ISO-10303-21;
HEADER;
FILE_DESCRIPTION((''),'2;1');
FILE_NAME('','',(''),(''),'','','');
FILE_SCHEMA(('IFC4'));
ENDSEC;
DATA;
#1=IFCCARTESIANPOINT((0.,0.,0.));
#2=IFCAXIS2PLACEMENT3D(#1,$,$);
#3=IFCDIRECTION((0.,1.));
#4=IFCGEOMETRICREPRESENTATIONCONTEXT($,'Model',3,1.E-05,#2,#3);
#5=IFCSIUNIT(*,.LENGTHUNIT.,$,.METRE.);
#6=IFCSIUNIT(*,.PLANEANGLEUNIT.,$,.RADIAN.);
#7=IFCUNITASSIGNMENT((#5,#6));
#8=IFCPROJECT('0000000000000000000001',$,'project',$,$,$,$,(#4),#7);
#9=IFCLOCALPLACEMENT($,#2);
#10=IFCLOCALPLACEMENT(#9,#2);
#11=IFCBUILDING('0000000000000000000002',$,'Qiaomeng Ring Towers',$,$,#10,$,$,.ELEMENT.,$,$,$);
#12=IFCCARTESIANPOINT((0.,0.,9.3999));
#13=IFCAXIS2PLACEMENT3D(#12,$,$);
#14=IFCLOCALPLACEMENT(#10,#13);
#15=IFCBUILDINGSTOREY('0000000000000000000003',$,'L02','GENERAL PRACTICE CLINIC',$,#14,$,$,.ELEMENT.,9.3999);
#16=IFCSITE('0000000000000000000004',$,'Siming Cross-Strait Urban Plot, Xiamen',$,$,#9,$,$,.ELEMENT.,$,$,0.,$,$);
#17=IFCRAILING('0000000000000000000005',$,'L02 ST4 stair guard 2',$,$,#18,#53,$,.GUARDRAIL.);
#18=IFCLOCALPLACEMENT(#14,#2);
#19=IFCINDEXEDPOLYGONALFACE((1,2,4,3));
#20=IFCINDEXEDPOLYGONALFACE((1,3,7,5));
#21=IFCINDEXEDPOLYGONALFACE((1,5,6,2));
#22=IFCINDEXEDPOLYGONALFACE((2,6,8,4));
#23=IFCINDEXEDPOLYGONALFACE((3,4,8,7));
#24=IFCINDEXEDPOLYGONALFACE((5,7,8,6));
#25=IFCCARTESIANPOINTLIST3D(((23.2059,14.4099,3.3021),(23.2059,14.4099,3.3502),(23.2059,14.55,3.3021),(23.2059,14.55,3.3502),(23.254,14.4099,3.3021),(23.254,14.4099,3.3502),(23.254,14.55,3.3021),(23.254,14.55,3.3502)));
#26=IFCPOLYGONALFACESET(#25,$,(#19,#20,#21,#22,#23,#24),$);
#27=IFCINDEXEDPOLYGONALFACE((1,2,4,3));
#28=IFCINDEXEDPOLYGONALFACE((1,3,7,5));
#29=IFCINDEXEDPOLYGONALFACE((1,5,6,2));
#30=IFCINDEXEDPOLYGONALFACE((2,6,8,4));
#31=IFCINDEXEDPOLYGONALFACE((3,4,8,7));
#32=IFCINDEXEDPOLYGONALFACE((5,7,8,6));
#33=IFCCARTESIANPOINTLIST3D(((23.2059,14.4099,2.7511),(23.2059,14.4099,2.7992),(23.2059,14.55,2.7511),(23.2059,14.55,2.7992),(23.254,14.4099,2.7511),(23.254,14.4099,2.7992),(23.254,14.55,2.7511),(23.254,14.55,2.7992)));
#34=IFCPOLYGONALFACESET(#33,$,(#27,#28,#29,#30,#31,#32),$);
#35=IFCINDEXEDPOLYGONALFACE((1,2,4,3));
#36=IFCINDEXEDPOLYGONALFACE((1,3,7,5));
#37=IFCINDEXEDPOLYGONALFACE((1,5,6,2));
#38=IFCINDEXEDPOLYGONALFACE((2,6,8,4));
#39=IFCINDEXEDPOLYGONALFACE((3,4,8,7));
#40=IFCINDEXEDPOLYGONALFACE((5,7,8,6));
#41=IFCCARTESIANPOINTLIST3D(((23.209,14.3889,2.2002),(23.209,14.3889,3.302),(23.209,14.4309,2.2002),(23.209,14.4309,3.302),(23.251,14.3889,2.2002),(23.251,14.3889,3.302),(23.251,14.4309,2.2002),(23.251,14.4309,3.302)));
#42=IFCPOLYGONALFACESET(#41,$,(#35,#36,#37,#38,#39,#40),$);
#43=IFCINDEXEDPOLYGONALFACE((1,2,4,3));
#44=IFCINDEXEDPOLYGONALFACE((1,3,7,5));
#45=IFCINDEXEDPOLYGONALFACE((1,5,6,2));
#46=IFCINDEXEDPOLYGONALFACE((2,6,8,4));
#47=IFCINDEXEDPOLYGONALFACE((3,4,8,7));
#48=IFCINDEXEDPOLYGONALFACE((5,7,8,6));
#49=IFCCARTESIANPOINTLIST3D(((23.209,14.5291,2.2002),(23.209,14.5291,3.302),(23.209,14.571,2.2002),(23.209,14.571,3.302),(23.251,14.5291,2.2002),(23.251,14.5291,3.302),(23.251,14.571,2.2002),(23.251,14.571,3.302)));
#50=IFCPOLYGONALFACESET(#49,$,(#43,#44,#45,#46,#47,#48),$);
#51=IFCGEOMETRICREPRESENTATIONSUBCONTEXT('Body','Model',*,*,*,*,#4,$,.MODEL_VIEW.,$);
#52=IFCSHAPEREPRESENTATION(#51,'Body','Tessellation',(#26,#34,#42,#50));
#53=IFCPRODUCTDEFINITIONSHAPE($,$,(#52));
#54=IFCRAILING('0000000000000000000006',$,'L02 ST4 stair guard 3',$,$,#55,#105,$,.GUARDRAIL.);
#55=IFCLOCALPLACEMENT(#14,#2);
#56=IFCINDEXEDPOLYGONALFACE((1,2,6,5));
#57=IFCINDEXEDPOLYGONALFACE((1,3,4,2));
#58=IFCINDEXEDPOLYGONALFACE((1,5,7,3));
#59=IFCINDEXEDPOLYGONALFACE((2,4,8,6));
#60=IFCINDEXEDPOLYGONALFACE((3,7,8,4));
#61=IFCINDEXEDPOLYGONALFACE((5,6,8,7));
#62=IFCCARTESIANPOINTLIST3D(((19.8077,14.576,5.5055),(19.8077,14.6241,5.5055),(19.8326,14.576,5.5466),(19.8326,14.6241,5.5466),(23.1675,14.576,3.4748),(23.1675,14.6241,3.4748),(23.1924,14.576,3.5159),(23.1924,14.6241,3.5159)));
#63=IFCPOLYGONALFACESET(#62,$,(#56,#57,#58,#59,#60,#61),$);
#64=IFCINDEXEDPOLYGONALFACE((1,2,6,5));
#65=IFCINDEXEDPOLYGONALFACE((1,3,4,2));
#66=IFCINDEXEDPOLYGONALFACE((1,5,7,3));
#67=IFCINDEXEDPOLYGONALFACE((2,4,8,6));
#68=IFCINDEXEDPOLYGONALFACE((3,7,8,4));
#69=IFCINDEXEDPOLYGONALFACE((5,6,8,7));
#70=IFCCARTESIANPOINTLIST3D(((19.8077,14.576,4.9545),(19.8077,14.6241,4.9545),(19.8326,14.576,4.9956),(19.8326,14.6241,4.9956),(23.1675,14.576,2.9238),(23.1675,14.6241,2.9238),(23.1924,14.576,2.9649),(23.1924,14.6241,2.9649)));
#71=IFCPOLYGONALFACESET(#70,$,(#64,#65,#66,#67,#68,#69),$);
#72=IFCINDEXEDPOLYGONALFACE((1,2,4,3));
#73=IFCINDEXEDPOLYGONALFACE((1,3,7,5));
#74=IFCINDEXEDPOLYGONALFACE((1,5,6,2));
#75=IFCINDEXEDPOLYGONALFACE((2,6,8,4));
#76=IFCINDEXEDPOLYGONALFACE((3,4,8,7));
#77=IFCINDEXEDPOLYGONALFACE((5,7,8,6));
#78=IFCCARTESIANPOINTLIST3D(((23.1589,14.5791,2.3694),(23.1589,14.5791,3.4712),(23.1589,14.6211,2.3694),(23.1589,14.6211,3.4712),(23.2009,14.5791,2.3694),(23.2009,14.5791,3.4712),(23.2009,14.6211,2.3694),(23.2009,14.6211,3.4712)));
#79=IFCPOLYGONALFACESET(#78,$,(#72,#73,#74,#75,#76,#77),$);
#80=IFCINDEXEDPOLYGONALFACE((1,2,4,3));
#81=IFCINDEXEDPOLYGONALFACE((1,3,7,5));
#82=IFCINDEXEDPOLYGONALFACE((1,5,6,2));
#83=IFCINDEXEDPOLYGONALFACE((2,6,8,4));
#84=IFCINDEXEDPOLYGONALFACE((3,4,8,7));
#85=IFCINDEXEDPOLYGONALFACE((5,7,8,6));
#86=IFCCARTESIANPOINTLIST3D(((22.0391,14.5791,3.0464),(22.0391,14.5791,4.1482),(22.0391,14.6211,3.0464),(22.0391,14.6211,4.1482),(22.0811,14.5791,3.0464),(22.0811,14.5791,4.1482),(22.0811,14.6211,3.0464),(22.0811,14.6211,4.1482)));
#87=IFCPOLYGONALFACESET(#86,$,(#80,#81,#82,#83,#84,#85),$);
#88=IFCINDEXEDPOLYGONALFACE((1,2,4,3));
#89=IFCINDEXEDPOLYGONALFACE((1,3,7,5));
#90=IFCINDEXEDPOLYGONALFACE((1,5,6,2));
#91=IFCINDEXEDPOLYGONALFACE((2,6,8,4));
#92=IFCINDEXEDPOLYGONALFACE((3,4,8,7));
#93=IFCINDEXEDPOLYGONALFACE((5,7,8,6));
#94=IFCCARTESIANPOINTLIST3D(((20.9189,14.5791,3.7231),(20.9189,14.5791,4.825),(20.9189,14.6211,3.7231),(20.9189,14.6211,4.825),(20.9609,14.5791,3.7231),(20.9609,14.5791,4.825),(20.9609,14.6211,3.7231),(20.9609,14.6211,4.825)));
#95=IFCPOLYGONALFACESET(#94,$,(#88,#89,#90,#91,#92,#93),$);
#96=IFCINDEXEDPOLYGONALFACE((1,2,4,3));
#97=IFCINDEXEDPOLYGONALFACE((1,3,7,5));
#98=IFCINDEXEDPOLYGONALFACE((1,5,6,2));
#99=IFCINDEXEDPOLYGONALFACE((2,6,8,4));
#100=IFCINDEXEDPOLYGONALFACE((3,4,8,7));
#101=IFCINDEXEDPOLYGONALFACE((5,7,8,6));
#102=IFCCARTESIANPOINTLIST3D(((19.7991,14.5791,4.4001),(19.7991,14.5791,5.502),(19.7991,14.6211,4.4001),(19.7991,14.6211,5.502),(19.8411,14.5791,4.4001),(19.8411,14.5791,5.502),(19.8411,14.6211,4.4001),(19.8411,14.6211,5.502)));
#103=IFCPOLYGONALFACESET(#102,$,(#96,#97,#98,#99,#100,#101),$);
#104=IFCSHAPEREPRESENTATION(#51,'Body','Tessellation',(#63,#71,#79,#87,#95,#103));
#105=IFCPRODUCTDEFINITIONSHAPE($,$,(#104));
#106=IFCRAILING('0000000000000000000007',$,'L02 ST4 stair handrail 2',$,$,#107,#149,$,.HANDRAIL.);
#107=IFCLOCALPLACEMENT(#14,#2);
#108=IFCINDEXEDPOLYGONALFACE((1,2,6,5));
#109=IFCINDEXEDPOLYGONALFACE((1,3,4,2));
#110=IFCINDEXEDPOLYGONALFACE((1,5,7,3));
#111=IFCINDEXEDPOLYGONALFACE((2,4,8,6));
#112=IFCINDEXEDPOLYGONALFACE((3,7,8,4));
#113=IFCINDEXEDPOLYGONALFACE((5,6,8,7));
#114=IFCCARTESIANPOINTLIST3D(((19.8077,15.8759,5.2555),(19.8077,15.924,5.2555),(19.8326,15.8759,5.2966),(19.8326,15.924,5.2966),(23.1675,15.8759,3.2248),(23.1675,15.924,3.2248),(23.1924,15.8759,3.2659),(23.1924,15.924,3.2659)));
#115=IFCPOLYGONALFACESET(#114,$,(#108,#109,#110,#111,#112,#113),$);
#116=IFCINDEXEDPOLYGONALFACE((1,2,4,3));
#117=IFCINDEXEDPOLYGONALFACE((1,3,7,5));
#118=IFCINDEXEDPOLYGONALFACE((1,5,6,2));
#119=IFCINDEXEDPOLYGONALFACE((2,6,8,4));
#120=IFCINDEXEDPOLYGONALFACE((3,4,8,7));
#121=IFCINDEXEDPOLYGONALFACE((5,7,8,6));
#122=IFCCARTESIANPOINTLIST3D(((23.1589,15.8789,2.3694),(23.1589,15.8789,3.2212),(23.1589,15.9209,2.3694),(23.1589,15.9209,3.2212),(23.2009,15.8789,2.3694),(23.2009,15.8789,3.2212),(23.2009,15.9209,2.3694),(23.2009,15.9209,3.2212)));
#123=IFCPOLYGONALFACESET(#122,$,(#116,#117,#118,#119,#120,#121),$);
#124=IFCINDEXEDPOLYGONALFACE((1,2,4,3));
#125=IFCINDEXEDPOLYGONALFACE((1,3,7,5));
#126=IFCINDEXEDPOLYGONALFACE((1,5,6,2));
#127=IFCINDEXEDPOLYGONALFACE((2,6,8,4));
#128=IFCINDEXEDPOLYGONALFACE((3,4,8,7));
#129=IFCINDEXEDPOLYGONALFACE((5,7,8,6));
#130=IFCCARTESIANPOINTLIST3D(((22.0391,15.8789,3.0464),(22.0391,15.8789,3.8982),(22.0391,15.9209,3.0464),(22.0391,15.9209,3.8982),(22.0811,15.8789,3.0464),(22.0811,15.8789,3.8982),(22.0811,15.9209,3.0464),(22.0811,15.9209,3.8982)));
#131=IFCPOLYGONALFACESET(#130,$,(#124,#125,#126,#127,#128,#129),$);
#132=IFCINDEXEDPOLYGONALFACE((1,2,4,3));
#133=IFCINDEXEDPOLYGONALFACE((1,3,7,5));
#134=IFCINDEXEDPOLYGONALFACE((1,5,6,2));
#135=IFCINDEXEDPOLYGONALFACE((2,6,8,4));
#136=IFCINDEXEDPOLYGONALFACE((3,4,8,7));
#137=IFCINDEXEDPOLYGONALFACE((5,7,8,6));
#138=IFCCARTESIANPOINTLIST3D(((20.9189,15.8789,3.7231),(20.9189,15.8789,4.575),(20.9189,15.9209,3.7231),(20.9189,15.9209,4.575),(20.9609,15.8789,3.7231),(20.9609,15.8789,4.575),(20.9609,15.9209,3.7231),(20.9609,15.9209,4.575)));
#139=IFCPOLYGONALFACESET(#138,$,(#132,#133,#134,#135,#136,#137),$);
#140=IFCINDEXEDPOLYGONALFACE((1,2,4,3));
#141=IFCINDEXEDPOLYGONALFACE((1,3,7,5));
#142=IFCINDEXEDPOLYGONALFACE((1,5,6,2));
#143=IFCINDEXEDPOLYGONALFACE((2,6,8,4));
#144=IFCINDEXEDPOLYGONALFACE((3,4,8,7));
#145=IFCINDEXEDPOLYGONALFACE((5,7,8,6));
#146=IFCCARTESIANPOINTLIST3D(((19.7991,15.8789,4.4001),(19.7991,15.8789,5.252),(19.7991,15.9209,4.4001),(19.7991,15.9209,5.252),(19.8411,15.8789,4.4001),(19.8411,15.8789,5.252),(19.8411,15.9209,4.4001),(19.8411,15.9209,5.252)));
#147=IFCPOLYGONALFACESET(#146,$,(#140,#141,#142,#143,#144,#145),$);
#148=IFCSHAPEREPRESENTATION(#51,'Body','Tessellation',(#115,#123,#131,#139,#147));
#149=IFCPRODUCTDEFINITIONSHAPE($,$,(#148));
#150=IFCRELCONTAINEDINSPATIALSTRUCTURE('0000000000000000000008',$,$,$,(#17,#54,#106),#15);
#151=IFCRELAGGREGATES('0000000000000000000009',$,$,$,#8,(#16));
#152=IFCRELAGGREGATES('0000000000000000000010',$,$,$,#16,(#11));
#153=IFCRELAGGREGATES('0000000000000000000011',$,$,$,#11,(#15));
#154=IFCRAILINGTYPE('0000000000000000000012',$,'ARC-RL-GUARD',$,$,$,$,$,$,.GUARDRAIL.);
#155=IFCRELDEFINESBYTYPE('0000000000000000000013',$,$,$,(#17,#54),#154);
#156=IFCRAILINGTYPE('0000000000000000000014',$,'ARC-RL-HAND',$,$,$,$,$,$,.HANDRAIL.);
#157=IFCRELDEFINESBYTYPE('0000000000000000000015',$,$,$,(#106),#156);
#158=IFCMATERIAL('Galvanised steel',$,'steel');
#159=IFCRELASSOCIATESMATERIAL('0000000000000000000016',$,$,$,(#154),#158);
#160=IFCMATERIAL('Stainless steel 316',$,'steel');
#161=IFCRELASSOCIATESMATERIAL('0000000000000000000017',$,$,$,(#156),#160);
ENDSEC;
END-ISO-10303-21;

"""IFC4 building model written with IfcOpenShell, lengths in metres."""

from ifc_helpers import new_model, si_unit, direction, frame, origin, origin_2d, place, context, subcontext, project, spatial, rectangle, extrude, material, type_object, element, save


model = new_model("IFC4")

# Units and contexts
model_context = context("Model", 3, precision=1e-05, world=origin(), true_north=direction((0.0, 1.0)))
body_context = subcontext(model_context, "Body", "Model", "MODEL_VIEW")
ifc_project = project(units=[si_unit("LENGTHUNIT", "METRE"), si_unit("PLANEANGLEUNIT", "RADIAN")], contexts=[model_context])

# Site, building, storey
site_placement = place(None, origin())
site = spatial("IfcSite", under=ifc_project, at=site_placement, Name="Siming Cross-Strait Urban Plot, Xiamen", CompositionType="ELEMENT", RefElevation=0.0)
building_placement = place(site_placement, origin())
building = spatial("IfcBuilding", under=site, at=building_placement, Name="Qiaomeng Ring Towers", CompositionType="ELEMENT")
storey_placement = place(building_placement, frame((0.0, 0.0, 9.3999)))
storey = spatial("IfcBuildingStorey", under=building, at=storey_placement, Name="L02", Description="GENERAL PRACTICE CLINIC", CompositionType="ELEMENT", Elevation=9.3999)

# Shared definitions
ifc_material_1 = material(Name="Galvanised steel", Category="steel")

# Shared definitions
ifc_material_2 = material(Name="Stainless steel 316", Category="steel")

# Railings
railing_type_1 = type_object("IfcRailingType", Name="ARC-RL-GUARD", PredefinedType="GUARDRAIL", material=ifc_material_1)
railing_1_placement = place(storey_placement, frame((23.23, 14.4099, 2.2002)))
element("IfcRailing", 1, at=railing_1_placement, inside=storey, type_object=railing_type_1, Name="L02 ST4 stair guard 2", PredefinedType="GUARDRAIL", context=body_context, shape_type="SweptSolid", body=[
    extrude(rectangle(XDim=0.0481, YDim=0.0481, at=origin_2d()), frame((0.0, 0.0, 1.126), z_axis=(0.0, 1.0, 0.0), x_axis=(-1.0, 0.0, 0.0)), (0.0, 0.0, 1.0), 0.1401),
    extrude(rectangle(XDim=0.0481, YDim=0.0481, at=origin_2d()), frame((0.0, 0.0, 0.575), z_axis=(0.0, 1.0, 0.0), x_axis=(-1.0, 0.0, 0.0)), (0.0, 0.0, 1.0), 0.1401),
    extrude(rectangle(XDim=0.042, YDim=0.042, at=origin_2d()), origin(), (0.0, 0.0, 1.0), 1.1018),
    extrude(rectangle(XDim=0.042, YDim=0.042, at=origin_2d()), frame((0.0, 0.1401, 0.0)), (0.0, 0.0, 1.0), 1.1018),
])
railing_2_placement = place(storey_placement, frame((23.1799, 14.6001, 2.3694)))
element("IfcRailing", 2, at=railing_2_placement, inside=storey, type_object=railing_type_1, Name="L02 ST4 stair guard 3", PredefinedType="GUARDRAIL", context=body_context, shape_type="SweptSolid", body=[
    extrude(rectangle(XDim=0.0481, YDim=0.0481, at=origin_2d()), frame((0.0, 0.0, 1.126), z_axis=(-0.85582, 0.0, 0.517273), x_axis=(0.0, -1.0, 0.0)), (0.0, 0.0, 1.0), 3.9258),
    extrude(rectangle(XDim=0.0481, YDim=0.0481, at=origin_2d()), frame((0.0, 0.0, 0.575), z_axis=(-0.85582, 0.0, 0.517273), x_axis=(0.0, -1.0, 0.0)), (0.0, 0.0, 1.0), 3.9258),
    extrude(rectangle(XDim=0.042, YDim=0.042, at=origin_2d()), origin(), (0.0, 0.0, 1.0), 1.1018),
    extrude(rectangle(XDim=0.042, YDim=0.042, at=origin_2d()), frame((-1.1199, 0.0, 0.677)), (0.0, 0.0, 1.0), 1.1018),
    extrude(rectangle(XDim=0.042, YDim=0.042, at=origin_2d()), frame((-2.24, 0.0, 1.3538)), (0.0, 0.0, 1.0), 1.1018),
    extrude(rectangle(XDim=0.042, YDim=0.042, at=origin_2d()), frame((-3.3599, 0.0, 2.0308)), (0.0, 0.0, 1.0), 1.1018),
])
railing_type_2 = type_object("IfcRailingType", Name="ARC-RL-HAND", PredefinedType="HANDRAIL", material=ifc_material_2)
railing_3_placement = place(storey_placement, frame((23.1799, 15.8999, 2.3694)))
element("IfcRailing", 3, at=railing_3_placement, inside=storey, type_object=railing_type_2, Name="L02 ST4 stair handrail 2", PredefinedType="HANDRAIL", context=body_context, shape_type="SweptSolid", body=[
    extrude(rectangle(XDim=0.0481, YDim=0.0481, at=origin_2d()), frame((0.0, 0.0, 0.876), z_axis=(-0.85582, 0.0, 0.517273), x_axis=(0.0, -1.0, 0.0)), (0.0, 0.0, 1.0), 3.9258),
    extrude(rectangle(XDim=0.042, YDim=0.042, at=origin_2d()), origin(), (0.0, 0.0, 1.0), 0.8518),
    extrude(rectangle(XDim=0.042, YDim=0.042, at=origin_2d()), frame((-1.1199, 0.0, 0.677)), (0.0, 0.0, 1.0), 0.8518),
    extrude(rectangle(XDim=0.042, YDim=0.042, at=origin_2d()), frame((-2.24, 0.0, 1.3538)), (0.0, 0.0, 1.0), 0.8518),
    extrude(rectangle(XDim=0.042, YDim=0.042, at=origin_2d()), frame((-3.3599, 0.0, 2.0308)), (0.0, 0.0, 1.0), 0.8518),
])

save(model, "model.ifc")
